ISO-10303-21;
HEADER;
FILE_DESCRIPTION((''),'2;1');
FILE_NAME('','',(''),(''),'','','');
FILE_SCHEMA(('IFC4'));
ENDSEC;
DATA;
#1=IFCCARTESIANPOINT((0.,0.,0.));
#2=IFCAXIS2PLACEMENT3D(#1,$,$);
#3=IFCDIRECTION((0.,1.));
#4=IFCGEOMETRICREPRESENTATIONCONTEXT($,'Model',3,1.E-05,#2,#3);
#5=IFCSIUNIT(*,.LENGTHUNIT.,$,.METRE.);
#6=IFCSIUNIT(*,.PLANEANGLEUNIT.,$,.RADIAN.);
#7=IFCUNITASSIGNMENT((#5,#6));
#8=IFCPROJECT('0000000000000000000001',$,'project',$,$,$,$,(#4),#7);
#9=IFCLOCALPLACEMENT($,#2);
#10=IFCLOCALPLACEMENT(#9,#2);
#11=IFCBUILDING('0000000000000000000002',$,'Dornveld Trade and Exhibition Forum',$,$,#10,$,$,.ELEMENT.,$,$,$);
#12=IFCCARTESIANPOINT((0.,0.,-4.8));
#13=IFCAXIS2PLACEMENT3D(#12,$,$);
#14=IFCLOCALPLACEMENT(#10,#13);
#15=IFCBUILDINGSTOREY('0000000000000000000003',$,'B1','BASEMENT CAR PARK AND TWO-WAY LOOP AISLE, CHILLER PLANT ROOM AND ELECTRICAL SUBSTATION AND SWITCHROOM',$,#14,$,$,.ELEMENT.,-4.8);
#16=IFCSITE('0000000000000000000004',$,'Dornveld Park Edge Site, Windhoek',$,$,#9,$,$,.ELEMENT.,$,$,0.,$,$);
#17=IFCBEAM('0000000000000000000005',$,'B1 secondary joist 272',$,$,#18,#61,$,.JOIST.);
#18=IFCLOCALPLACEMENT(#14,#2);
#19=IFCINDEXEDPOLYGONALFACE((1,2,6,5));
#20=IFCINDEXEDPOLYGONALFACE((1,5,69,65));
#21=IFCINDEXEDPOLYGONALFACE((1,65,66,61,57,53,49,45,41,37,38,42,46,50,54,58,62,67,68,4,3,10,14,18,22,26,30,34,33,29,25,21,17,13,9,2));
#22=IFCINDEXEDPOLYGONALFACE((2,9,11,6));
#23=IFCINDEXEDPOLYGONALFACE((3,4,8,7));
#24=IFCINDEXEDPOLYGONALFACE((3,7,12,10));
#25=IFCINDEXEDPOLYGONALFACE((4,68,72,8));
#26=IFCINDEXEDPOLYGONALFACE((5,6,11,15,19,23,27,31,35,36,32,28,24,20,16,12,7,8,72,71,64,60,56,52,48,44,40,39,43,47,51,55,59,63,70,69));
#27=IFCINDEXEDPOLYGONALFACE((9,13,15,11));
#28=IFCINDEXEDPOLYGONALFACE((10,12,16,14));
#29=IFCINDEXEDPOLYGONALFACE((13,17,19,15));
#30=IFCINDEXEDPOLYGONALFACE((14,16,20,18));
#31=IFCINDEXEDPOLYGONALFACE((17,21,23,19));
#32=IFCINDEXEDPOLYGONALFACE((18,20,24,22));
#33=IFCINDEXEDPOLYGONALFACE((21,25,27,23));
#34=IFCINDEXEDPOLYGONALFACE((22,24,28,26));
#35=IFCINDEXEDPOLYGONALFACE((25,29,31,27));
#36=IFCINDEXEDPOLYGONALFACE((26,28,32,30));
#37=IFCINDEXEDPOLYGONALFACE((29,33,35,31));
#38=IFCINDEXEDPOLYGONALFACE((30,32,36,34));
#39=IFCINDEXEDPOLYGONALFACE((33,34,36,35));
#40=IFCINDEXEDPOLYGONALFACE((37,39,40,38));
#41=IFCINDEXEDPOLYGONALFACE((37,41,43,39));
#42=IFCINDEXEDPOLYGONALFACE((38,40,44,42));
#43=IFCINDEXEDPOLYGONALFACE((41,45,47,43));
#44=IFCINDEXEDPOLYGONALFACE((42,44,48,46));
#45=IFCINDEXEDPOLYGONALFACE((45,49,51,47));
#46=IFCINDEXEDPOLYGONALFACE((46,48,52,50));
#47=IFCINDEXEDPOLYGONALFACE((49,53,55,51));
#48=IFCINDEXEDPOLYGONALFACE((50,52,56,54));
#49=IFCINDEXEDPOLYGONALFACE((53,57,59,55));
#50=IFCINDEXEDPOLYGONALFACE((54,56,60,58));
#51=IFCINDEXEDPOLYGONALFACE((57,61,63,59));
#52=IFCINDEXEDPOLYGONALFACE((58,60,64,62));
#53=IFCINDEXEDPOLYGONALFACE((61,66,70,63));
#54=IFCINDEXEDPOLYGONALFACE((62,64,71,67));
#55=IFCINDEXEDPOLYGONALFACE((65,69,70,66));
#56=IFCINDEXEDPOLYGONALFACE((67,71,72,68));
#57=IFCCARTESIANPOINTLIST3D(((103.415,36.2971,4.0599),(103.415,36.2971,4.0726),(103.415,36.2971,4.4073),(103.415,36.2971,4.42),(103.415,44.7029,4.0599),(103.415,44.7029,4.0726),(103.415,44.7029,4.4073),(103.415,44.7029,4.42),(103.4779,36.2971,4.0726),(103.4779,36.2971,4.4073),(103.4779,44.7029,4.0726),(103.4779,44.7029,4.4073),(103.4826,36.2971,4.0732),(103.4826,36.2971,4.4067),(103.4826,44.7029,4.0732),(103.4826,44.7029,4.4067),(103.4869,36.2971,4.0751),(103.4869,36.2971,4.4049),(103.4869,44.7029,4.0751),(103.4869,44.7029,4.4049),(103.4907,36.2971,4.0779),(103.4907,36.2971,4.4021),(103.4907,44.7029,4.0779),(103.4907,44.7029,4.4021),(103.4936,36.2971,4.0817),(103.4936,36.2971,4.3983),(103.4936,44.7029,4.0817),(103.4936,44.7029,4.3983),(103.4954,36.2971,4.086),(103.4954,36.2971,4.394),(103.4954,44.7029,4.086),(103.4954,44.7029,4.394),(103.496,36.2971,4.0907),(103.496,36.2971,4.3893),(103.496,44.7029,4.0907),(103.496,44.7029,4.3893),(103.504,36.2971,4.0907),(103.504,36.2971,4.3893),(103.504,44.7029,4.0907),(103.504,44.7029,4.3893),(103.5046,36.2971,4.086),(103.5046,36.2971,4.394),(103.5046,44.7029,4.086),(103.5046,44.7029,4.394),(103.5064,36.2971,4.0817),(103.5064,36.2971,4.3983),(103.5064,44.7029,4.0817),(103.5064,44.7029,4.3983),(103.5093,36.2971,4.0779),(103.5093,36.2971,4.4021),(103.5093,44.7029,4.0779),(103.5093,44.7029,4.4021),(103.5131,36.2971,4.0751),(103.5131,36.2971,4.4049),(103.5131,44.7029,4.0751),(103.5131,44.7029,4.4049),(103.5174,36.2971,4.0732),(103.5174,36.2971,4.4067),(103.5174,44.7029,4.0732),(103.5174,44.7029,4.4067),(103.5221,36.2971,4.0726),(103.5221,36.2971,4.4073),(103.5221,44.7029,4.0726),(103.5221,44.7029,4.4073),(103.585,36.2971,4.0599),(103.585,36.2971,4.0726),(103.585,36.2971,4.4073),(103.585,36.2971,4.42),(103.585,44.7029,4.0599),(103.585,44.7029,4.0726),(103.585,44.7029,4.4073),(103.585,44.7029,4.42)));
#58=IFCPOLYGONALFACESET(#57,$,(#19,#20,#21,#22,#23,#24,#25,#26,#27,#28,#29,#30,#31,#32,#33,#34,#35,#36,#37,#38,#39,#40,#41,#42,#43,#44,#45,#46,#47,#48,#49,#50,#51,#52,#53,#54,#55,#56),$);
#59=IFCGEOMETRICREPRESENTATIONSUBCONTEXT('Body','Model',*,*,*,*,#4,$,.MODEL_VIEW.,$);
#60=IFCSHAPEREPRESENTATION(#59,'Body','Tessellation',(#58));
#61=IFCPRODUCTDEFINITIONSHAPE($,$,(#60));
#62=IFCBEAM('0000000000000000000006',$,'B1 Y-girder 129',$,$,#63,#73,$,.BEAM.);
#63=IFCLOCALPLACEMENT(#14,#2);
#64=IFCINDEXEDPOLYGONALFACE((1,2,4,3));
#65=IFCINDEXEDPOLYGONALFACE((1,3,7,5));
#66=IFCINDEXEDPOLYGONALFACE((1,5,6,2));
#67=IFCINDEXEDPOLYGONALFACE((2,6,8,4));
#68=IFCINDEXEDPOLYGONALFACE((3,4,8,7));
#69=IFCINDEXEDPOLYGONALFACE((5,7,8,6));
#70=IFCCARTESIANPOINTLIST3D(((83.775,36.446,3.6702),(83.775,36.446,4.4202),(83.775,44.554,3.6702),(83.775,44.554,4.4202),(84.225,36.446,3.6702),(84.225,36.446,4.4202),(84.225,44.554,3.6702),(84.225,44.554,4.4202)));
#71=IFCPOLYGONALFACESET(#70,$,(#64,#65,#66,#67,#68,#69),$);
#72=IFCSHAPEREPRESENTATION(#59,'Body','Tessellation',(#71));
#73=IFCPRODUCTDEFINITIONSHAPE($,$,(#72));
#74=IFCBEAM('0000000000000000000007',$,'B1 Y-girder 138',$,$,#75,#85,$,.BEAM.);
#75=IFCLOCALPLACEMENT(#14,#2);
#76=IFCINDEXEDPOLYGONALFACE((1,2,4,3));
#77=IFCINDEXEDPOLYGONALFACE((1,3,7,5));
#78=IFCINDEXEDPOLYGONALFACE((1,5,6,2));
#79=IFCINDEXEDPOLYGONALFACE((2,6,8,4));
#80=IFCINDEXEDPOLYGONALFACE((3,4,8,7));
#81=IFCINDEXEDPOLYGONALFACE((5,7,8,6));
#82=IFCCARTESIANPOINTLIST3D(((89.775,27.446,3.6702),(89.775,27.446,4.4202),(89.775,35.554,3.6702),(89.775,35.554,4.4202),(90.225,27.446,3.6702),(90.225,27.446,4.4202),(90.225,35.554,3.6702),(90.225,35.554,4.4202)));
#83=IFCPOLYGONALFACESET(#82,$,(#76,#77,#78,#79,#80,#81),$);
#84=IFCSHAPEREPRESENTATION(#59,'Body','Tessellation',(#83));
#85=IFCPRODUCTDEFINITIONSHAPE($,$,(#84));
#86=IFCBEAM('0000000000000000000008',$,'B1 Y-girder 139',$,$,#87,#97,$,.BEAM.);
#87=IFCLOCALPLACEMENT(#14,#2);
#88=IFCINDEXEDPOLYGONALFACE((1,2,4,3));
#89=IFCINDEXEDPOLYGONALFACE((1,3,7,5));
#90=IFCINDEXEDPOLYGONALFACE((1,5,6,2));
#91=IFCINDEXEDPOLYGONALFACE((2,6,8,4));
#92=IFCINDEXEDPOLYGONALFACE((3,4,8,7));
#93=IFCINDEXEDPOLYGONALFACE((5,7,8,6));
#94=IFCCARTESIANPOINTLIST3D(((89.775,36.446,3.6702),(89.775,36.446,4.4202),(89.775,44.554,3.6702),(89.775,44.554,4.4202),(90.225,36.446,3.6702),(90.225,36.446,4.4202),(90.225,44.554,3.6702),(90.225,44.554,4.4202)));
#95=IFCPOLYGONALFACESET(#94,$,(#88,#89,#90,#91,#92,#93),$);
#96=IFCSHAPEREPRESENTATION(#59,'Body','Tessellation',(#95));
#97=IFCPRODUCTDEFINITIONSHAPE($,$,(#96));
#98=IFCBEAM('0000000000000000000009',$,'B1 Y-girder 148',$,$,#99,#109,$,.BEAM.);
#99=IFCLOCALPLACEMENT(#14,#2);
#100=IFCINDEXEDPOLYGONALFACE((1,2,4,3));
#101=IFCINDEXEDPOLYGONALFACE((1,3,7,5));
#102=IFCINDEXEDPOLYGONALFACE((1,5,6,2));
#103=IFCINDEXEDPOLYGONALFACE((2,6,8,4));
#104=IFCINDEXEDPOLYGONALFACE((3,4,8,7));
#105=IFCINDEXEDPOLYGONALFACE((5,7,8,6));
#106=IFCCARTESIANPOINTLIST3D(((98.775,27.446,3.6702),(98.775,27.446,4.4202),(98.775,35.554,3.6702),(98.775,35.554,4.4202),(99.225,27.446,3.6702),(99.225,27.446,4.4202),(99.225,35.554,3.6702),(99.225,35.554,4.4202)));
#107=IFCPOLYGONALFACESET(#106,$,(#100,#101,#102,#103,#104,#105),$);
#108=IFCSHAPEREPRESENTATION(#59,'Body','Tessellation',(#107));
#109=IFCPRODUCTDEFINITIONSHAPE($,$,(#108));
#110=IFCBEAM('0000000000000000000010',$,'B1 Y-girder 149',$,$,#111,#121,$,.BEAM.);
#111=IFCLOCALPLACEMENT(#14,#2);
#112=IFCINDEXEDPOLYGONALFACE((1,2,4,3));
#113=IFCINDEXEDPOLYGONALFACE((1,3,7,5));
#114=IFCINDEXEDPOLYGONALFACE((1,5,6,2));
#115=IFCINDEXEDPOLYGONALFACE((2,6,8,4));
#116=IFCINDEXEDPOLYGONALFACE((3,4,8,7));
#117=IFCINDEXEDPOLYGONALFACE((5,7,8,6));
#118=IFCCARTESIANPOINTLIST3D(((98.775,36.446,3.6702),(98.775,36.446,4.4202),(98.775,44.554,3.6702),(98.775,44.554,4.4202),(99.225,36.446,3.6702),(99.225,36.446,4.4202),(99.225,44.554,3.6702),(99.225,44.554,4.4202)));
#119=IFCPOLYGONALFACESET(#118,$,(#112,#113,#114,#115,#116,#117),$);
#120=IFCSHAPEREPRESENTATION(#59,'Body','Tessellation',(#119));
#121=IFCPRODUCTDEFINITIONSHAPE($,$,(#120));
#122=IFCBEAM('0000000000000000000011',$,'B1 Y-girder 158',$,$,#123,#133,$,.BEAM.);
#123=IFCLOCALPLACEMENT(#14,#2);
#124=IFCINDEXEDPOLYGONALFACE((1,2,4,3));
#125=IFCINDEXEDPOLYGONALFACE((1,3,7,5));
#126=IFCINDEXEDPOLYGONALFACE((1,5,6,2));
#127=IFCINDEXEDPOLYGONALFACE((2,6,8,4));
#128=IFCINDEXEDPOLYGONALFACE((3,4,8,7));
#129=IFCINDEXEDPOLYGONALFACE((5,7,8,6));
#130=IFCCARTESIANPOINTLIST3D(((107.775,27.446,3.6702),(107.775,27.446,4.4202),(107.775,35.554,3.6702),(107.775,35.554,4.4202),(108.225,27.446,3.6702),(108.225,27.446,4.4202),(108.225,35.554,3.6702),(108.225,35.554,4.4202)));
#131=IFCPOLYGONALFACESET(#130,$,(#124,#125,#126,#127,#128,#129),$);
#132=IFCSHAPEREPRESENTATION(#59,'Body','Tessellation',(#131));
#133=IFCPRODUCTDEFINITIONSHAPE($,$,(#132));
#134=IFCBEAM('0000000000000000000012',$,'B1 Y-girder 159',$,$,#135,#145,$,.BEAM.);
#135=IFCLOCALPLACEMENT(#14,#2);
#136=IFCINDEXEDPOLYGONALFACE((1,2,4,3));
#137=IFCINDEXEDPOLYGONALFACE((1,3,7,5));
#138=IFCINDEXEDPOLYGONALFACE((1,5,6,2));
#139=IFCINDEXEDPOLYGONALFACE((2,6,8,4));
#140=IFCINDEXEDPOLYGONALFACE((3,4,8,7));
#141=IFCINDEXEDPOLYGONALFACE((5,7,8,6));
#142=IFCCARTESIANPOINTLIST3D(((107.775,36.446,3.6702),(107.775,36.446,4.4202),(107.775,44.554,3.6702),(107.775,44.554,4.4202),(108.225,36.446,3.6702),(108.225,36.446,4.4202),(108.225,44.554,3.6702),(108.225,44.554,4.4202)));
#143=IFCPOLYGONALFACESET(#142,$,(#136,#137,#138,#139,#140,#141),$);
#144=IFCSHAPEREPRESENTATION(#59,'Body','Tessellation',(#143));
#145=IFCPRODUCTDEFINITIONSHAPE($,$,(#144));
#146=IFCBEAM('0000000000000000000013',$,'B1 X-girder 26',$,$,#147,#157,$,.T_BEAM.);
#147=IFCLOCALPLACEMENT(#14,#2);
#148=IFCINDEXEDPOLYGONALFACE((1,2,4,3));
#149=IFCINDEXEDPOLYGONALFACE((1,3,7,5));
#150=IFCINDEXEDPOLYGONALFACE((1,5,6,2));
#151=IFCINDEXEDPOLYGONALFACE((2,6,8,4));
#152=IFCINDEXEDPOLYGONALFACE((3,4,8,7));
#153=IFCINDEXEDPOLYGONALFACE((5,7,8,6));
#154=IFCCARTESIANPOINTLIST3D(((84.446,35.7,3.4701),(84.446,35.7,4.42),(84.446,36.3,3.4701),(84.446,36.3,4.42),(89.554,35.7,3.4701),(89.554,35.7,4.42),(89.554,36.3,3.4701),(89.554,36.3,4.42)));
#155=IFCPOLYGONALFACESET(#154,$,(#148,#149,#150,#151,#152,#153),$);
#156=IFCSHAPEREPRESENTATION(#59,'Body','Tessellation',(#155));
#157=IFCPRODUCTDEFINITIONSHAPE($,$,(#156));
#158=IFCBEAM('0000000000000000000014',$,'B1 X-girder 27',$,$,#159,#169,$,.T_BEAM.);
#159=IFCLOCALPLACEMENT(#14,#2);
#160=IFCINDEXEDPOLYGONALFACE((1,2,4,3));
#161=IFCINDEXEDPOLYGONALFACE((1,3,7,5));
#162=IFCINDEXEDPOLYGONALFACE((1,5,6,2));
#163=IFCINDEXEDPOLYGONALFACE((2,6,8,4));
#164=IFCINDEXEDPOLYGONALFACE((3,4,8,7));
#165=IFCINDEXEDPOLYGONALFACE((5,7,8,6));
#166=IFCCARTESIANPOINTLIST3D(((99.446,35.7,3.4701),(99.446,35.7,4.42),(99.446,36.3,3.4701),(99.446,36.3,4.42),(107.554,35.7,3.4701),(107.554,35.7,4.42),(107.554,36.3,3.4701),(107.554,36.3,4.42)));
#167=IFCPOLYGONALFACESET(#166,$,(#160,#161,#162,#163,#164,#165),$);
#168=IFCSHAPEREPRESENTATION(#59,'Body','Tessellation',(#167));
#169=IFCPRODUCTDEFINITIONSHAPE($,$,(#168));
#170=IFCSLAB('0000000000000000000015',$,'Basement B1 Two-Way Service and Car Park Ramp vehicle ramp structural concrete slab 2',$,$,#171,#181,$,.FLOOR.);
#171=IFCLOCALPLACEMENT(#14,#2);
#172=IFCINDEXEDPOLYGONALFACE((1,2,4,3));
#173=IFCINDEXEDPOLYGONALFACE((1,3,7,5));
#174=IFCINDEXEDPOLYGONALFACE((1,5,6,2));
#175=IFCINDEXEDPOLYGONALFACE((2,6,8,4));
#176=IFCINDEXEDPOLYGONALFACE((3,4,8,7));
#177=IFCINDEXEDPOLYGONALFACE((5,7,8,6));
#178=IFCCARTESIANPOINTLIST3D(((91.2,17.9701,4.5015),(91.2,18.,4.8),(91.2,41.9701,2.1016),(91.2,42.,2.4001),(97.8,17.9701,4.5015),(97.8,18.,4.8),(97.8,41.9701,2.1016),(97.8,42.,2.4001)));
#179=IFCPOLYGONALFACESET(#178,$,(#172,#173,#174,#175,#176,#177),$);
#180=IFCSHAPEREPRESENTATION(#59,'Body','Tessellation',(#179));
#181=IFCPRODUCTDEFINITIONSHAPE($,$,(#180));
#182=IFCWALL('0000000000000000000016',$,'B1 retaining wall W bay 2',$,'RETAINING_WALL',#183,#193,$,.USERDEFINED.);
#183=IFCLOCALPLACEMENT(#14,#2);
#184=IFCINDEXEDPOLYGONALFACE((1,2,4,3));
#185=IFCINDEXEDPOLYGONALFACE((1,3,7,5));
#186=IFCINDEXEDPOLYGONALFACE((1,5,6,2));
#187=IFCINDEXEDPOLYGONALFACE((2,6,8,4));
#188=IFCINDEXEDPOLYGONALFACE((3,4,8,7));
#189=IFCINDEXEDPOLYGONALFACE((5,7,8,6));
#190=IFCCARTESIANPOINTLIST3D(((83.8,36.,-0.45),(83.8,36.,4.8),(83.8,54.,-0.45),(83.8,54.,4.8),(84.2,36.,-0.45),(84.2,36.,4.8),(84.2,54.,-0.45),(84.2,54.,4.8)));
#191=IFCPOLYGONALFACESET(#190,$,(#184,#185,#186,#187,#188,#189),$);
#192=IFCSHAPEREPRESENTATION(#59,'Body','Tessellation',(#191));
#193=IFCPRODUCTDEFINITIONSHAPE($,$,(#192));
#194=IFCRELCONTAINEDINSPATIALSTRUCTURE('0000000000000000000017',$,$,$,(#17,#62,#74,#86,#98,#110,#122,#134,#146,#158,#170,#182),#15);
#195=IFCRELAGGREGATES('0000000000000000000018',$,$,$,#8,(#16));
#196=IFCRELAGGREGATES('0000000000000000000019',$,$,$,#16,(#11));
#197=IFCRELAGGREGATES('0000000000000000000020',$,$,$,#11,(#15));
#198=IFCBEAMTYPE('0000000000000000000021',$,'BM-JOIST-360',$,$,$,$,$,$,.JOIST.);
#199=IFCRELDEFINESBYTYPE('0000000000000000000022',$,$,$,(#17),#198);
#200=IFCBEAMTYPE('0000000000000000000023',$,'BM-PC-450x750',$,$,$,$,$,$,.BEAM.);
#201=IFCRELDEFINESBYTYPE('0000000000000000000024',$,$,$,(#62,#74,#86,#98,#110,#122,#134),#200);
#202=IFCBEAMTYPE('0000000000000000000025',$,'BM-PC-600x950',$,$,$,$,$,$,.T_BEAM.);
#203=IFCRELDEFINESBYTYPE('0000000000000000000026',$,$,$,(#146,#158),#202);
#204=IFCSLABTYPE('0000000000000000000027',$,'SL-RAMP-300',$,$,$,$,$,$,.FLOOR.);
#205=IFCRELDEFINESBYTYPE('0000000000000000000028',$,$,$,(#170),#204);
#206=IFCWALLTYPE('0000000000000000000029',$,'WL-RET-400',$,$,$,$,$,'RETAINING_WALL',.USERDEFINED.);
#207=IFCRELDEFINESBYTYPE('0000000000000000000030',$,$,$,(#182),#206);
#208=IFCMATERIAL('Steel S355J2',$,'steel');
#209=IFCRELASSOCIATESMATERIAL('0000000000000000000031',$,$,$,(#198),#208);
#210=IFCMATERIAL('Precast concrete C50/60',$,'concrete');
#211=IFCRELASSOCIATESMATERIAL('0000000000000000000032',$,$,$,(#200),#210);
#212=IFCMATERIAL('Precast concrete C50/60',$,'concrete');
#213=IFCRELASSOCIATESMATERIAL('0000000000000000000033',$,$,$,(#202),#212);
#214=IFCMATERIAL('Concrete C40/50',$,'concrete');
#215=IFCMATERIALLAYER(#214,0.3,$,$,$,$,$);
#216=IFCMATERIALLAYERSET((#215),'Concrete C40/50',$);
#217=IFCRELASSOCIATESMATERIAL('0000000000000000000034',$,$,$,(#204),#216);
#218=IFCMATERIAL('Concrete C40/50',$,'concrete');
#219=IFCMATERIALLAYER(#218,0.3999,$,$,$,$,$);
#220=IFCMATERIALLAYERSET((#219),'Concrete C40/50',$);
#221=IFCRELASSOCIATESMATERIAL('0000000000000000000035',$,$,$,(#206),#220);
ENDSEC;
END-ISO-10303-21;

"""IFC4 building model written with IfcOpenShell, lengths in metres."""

from ifc_helpers import new_model, si_unit, direction, frame, frame_2d, origin, origin_2d, place, context, subcontext, project, spatial, polyline, rectangle, i_section, outline, extrude, material, layer, layer_set, material_profile, profile_set, type_object, element, save


model = new_model("IFC4")

# Units and contexts
model_context = context("Model", 3, precision=1e-05, world=origin(), true_north=direction((0.0, 1.0)))
body_context = subcontext(model_context, "Body", "Model", "MODEL_VIEW")
ifc_project = project(units=[si_unit("LENGTHUNIT", "METRE"), si_unit("PLANEANGLEUNIT", "RADIAN")], contexts=[model_context])

# Site, building, storey
site_placement = place(None, origin())
site = spatial("IfcSite", under=ifc_project, at=site_placement, Name="Dornveld Park Edge Site, Windhoek", CompositionType="ELEMENT", RefElevation=0.0)
building_placement = place(site_placement, origin())
building = spatial("IfcBuilding", under=site, at=building_placement, Name="Dornveld Trade and Exhibition Forum", CompositionType="ELEMENT")
storey_placement = place(building_placement, frame((0.0, 0.0, -4.8)))
storey = spatial("IfcBuildingStorey", under=building, at=storey_placement, Name="B1", Description="BASEMENT CAR PARK AND TWO-WAY LOOP AISLE, CHILLER PLANT ROOM AND ELECTRICAL SUBSTATION AND SWITCHROOM", CompositionType="ELEMENT", Elevation=-4.8)

# Beams
ifc_material_1 = material(Name="Steel S355J2", Category="steel")
ifc_material_profile_1 = material_profile(ifc_material_1, i_section(OverallWidth=0.1699, OverallDepth=0.3601, WebThickness=0.0081, FlangeThickness=0.0127, FilletRadius=0.0181, at=origin_2d()), Name="IPE 360")
ifc_profile_set_1 = profile_set([ifc_material_profile_1], Name="Steel S355J2")
beam_type_1 = type_object("IfcBeamType", Name="BM-JOIST-360", PredefinedType="JOIST", material=ifc_profile_set_1)
for number, where, z_axis, x_axis, name in (
    (1, (103.5, 36.2971, 4.24), (0.0, 1.0, 0.0), (-1.0, 0.0, 0.0), "B1 secondary joist 272"),
):
    element("IfcBeam", number, at=place(storey_placement, frame(where, z_axis=z_axis, x_axis=x_axis)), inside=storey, type_object=beam_type_1, Name=name, PredefinedType="JOIST", context=body_context, shape_type="SweptSolid", body=[
        extrude(i_section(OverallWidth=0.1699, OverallDepth=0.3601, WebThickness=0.0081, FlangeThickness=0.0127, FilletRadius=0.0181, at=origin_2d()), origin(), (0.0, 0.0, 1.0), 8.4058),
    ])
ifc_material_2 = material(Name="Precast concrete C50/60", Category="concrete")
ifc_material_profile_2 = material_profile(ifc_material_2, rectangle(XDim=0.45, YDim=0.75, at=origin_2d()), Name="PC-BM 450x750")
ifc_profile_set_2 = profile_set([ifc_material_profile_2], Name="Precast concrete C50/60")
beam_type_2 = type_object("IfcBeamType", Name="BM-PC-450x750", PredefinedType="BEAM", material=ifc_profile_set_2)
for number, where, z_axis, x_axis, name in (
    (2, (84.0, 36.446, 4.0452), (0.0, 1.0, 0.0), (-1.0, 0.0, 0.0), "B1 Y-girder 129"),
    (3, (90.0, 27.446, 4.0452), (0.0, 1.0, 0.0), (-1.0, 0.0, 0.0), "B1 Y-girder 138"),
    (4, (90.0, 36.446, 4.0452), (0.0, 1.0, 0.0), (-1.0, 0.0, 0.0), "B1 Y-girder 139"),
    (5, (99.0, 27.446, 4.0452), (0.0, 1.0, 0.0), (-1.0, 0.0, 0.0), "B1 Y-girder 148"),
    (6, (99.0, 36.446, 4.0452), (0.0, 1.0, 0.0), (-1.0, 0.0, 0.0), "B1 Y-girder 149"),
    (7, (108.0, 27.446, 4.0452), (0.0, 1.0, 0.0), (-1.0, 0.0, 0.0), "B1 Y-girder 158"),
    (8, (108.0, 36.446, 4.0452), (0.0, 1.0, 0.0), (-1.0, 0.0, 0.0), "B1 Y-girder 159"),
):
    element("IfcBeam", number, at=place(storey_placement, frame(where, z_axis=z_axis, x_axis=x_axis)), inside=storey, type_object=beam_type_2, Name=name, PredefinedType="BEAM", context=body_context, shape_type="SweptSolid", body=[
        extrude(rectangle(XDim=0.45, YDim=0.75, at=origin_2d()), origin(), (0.0, 0.0, 1.0), 8.1079),
    ])
ifc_material_3 = material(Name="Precast concrete C50/60", Category="concrete")
ifc_material_profile_3 = material_profile(ifc_material_3, rectangle(XDim=0.6001, YDim=0.95, at=origin_2d()), Name="PC-GIR 600x950")
ifc_profile_set_3 = profile_set([ifc_material_profile_3], Name="Precast concrete C50/60")
beam_type_3 = type_object("IfcBeamType", Name="BM-PC-600x950", PredefinedType="T_BEAM", material=ifc_profile_set_3)
beam_1_placement = place(storey_placement, frame((84.446, 36.0, 3.9451), z_axis=(1.0, 0.0, 0.0), x_axis=(0.0, 1.0, 0.0)))
element("IfcBeam", 9, at=beam_1_placement, inside=storey, type_object=beam_type_3, Name="B1 X-girder 26", PredefinedType="T_BEAM", context=body_context, shape_type="SweptSolid", body=[
    extrude(rectangle(XDim=0.6001, YDim=0.95, at=origin_2d()), origin(), (0.0, 0.0, 1.0), 5.1079),
])
beam_2_placement = place(storey_placement, frame((99.446, 36.0, 3.9451), z_axis=(1.0, 0.0, 0.0), x_axis=(0.0, 1.0, 0.0)))
element("IfcBeam", 10, at=beam_2_placement, inside=storey, type_object=beam_type_3, Name="B1 X-girder 27", PredefinedType="T_BEAM", context=body_context, shape_type="SweptSolid", body=[
    extrude(rectangle(XDim=0.6001, YDim=0.95, at=origin_2d()), origin(), (0.0, 0.0, 1.0), 8.1079),
])

# Slab
ifc_material_4 = material(Name="Concrete C40/50", Category="concrete")
ifc_layer_1 = layer(ifc_material_4, 0.3)
ifc_layer_set_1 = layer_set([ifc_layer_1], Name="Concrete C40/50")
slab_type = type_object("IfcSlabType", Name="SL-RAMP-300", PredefinedType="FLOOR", material=ifc_layer_set_1)
slab_placement = place(storey_placement, frame((91.2, 42.0, 2.4001), z_axis=(0.0, 0.0995, 0.995038), x_axis=(1.0, 0.0, 0.0)))
element("IfcSlab", 11, at=slab_placement, inside=storey, type_object=slab_type, Name="Basement B1 Two-Way Service and Car Park Ramp vehicle ramp structural concrete slab 2", PredefinedType="FLOOR", context=body_context, shape_type="SweptSolid", body=[
    extrude(outline(polyline([(0.0, 0.0), (6.6001, 0.0), (6.6001, -24.1197), (0.0, -24.1197), (0.0, 0.0)])), origin(), (0.0, 0.0, -1.0), 0.3),
])

# Wall
ifc_material_5 = material(Name="Concrete C40/50", Category="concrete")
ifc_layer_2 = layer(ifc_material_5, 0.3999)
ifc_layer_set_2 = layer_set([ifc_layer_2], Name="Concrete C40/50")
wall_type = type_object("IfcWallType", Name="WL-RET-400", ElementType="RETAINING_WALL", PredefinedType="USERDEFINED", material=ifc_layer_set_2)
wall_placement = place(storey_placement, frame((84.0, 36.0, -0.45), z_axis=(0.0, 0.0, 1.0), x_axis=(0.0, 1.0, 0.0)))
element("IfcWall", 12, at=wall_placement, inside=storey, type_object=wall_type, Name="B1 retaining wall W bay 2", ObjectType="RETAINING_WALL", PredefinedType="USERDEFINED", context=body_context, shape_type="SweptSolid", body=[
    extrude(rectangle(XDim=18.0, YDim=0.3999, at=frame_2d((9.0, 0.0))), origin(), (0.0, 0.0, 1.0), 5.25),
])

save(model, "model.ifc")
